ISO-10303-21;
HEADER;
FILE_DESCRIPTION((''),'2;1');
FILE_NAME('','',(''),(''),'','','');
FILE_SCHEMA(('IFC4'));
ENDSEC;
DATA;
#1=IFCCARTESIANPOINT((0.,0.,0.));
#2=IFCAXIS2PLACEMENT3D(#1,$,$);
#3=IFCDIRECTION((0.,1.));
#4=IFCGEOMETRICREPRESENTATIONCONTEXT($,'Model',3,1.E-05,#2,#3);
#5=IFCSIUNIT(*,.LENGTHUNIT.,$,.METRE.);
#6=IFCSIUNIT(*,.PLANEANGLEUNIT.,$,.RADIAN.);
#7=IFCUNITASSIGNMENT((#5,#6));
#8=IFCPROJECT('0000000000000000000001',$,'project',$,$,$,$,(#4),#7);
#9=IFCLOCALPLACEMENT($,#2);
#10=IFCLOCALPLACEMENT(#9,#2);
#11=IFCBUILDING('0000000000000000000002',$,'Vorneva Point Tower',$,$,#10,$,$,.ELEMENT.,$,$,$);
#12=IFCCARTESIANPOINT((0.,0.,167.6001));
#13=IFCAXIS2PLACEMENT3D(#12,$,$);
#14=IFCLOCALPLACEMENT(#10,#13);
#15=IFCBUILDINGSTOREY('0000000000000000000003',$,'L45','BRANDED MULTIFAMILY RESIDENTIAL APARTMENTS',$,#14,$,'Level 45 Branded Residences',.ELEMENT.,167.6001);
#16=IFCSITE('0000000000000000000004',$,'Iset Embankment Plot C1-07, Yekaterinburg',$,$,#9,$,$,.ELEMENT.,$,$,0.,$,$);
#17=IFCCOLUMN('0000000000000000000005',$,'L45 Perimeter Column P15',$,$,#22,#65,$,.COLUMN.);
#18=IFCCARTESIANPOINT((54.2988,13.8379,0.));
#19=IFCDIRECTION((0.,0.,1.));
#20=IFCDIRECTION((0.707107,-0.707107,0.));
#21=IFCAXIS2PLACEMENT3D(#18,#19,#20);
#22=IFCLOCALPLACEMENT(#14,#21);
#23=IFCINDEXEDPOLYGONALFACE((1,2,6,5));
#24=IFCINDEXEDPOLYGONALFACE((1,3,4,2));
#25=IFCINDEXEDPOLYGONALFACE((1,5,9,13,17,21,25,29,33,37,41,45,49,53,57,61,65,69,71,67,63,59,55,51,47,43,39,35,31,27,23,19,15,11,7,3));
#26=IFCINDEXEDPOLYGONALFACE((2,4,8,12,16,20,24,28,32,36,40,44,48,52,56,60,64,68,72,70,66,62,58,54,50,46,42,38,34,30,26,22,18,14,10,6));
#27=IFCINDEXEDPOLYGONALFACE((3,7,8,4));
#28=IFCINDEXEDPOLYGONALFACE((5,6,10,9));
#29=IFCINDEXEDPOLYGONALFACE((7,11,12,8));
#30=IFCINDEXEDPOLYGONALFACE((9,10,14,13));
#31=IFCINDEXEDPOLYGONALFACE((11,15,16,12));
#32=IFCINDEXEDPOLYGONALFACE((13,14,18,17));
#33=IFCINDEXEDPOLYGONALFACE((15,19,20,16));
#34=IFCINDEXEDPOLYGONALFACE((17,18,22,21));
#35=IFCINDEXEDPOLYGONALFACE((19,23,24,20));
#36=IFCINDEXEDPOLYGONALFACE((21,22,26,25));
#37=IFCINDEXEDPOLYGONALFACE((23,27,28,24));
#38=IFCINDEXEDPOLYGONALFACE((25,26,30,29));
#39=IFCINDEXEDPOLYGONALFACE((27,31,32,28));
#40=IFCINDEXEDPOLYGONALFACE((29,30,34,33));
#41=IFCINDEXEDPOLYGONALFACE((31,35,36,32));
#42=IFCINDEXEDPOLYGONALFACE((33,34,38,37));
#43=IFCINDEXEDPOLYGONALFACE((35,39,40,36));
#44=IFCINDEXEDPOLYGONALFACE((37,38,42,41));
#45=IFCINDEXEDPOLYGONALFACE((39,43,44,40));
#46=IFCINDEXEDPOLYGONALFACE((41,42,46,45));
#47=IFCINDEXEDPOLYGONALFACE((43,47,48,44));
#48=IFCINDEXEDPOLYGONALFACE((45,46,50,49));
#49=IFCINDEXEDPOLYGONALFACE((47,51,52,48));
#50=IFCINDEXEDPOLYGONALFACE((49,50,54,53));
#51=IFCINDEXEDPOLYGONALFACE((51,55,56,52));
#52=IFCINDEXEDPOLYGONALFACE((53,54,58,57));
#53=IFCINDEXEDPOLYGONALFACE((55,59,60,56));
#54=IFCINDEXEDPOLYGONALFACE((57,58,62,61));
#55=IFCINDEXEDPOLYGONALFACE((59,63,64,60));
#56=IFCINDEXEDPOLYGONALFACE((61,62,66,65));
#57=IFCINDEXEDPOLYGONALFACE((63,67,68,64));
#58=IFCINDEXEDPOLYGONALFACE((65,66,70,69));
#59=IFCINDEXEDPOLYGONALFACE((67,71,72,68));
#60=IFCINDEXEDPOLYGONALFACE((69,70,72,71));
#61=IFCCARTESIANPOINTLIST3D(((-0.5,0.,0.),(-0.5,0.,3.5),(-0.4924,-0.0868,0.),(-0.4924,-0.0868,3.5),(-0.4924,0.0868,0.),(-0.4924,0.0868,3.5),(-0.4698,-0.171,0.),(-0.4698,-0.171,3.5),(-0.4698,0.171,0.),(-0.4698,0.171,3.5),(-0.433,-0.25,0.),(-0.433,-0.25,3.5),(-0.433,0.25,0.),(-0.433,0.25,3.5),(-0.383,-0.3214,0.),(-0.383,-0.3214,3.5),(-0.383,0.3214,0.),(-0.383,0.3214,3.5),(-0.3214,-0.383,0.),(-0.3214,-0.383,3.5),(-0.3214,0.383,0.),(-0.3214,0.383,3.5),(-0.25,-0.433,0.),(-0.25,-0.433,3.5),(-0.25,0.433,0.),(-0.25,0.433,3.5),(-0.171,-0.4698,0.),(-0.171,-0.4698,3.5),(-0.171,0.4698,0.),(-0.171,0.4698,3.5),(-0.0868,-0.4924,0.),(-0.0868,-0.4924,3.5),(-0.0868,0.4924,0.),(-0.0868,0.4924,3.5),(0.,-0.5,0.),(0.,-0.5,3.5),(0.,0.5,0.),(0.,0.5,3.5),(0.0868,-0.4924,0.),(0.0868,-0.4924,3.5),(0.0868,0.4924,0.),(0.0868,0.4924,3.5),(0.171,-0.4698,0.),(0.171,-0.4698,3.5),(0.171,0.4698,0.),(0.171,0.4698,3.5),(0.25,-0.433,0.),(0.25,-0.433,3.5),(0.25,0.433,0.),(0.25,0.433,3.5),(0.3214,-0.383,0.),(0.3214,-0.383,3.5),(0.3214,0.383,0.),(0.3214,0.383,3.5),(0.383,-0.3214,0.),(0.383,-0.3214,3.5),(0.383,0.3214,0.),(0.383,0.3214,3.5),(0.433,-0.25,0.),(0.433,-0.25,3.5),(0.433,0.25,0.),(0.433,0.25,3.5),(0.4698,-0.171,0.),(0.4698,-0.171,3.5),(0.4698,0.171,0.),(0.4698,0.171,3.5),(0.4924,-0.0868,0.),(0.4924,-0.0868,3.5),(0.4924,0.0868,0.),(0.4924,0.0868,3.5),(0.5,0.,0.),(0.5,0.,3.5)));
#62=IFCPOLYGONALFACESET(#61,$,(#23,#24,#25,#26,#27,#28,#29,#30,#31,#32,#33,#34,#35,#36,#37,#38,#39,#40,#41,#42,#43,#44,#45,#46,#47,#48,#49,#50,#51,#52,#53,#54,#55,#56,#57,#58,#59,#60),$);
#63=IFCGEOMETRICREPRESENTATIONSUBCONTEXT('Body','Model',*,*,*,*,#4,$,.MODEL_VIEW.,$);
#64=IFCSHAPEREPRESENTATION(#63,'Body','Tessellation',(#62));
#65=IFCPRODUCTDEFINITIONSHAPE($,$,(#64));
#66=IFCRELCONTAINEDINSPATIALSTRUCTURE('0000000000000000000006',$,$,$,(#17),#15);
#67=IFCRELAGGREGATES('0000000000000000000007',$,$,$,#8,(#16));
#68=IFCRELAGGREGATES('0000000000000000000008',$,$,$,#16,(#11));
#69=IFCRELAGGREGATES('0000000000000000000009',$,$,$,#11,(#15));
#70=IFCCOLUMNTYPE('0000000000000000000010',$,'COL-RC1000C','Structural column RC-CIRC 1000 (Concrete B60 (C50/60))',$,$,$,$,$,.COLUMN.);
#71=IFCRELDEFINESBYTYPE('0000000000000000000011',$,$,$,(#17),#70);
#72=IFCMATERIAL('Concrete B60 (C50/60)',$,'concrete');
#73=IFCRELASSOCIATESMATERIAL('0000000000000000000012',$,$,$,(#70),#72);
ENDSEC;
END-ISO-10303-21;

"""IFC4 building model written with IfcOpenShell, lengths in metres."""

from ifc_helpers import new_model, si_unit, direction, frame, origin, origin_2d, place, context, subcontext, project, spatial, circle, extrude, material, material_profile, profile_set, type_object, element, save


model = new_model("IFC4")

# Units and contexts
model_context = context("Model", 3, precision=1e-05, world=origin(), true_north=direction((0.0, 1.0)))
body_context = subcontext(model_context, "Body", "Model", "MODEL_VIEW")
ifc_project = project(units=[si_unit("LENGTHUNIT", "METRE"), si_unit("PLANEANGLEUNIT", "RADIAN")], contexts=[model_context])

# Site, building, storey
site_placement = place(None, origin())
site = spatial("IfcSite", under=ifc_project, at=site_placement, Name="Iset Embankment Plot C1-07, Yekaterinburg", CompositionType="ELEMENT", RefElevation=0.0)
building_placement = place(site_placement, origin())
building = spatial("IfcBuilding", under=site, at=building_placement, Name="Vorneva Point Tower", CompositionType="ELEMENT")
storey_placement = place(building_placement, frame((0.0, 0.0, 167.6001)))
storey = spatial("IfcBuildingStorey", under=building, at=storey_placement, Name="L45", Description="BRANDED MULTIFAMILY RESIDENTIAL APARTMENTS", LongName="Level 45 Branded Residences", CompositionType="ELEMENT", Elevation=167.6001)

# Column
ifc_material_1 = material(Name="Concrete B60 (C50/60)", Category="concrete")
ifc_material_profile_1 = material_profile(ifc_material_1, circle(Radius=0.5, at=origin_2d()), Name="RC-CIRC 1000")
ifc_profile_set_1 = profile_set([ifc_material_profile_1], Name="Concrete B60 (C50/60)")
column_type_1 = type_object("IfcColumnType", Name="COL-RC1000C", Description="Structural column RC-CIRC 1000 (Concrete B60 (C50/60))", PredefinedType="COLUMN", material=ifc_profile_set_1)
column_1_placement = place(storey_placement, frame((54.2988, 13.8379, 0.0), z_axis=(0.0, 0.0, 1.0), x_axis=(0.707107, -0.707107, 0.0)))
element("IfcColumn", 1, at=column_1_placement, inside=storey, type_object=column_type_1, Name="L45 Perimeter Column P15", PredefinedType="COLUMN", context=body_context, shape_type="SweptSolid", body=[
    extrude(circle(Radius=0.5, at=origin_2d()), origin(), (0.0, 0.0, 1.0), 3.5),
])

save(model, "model.ifc")
